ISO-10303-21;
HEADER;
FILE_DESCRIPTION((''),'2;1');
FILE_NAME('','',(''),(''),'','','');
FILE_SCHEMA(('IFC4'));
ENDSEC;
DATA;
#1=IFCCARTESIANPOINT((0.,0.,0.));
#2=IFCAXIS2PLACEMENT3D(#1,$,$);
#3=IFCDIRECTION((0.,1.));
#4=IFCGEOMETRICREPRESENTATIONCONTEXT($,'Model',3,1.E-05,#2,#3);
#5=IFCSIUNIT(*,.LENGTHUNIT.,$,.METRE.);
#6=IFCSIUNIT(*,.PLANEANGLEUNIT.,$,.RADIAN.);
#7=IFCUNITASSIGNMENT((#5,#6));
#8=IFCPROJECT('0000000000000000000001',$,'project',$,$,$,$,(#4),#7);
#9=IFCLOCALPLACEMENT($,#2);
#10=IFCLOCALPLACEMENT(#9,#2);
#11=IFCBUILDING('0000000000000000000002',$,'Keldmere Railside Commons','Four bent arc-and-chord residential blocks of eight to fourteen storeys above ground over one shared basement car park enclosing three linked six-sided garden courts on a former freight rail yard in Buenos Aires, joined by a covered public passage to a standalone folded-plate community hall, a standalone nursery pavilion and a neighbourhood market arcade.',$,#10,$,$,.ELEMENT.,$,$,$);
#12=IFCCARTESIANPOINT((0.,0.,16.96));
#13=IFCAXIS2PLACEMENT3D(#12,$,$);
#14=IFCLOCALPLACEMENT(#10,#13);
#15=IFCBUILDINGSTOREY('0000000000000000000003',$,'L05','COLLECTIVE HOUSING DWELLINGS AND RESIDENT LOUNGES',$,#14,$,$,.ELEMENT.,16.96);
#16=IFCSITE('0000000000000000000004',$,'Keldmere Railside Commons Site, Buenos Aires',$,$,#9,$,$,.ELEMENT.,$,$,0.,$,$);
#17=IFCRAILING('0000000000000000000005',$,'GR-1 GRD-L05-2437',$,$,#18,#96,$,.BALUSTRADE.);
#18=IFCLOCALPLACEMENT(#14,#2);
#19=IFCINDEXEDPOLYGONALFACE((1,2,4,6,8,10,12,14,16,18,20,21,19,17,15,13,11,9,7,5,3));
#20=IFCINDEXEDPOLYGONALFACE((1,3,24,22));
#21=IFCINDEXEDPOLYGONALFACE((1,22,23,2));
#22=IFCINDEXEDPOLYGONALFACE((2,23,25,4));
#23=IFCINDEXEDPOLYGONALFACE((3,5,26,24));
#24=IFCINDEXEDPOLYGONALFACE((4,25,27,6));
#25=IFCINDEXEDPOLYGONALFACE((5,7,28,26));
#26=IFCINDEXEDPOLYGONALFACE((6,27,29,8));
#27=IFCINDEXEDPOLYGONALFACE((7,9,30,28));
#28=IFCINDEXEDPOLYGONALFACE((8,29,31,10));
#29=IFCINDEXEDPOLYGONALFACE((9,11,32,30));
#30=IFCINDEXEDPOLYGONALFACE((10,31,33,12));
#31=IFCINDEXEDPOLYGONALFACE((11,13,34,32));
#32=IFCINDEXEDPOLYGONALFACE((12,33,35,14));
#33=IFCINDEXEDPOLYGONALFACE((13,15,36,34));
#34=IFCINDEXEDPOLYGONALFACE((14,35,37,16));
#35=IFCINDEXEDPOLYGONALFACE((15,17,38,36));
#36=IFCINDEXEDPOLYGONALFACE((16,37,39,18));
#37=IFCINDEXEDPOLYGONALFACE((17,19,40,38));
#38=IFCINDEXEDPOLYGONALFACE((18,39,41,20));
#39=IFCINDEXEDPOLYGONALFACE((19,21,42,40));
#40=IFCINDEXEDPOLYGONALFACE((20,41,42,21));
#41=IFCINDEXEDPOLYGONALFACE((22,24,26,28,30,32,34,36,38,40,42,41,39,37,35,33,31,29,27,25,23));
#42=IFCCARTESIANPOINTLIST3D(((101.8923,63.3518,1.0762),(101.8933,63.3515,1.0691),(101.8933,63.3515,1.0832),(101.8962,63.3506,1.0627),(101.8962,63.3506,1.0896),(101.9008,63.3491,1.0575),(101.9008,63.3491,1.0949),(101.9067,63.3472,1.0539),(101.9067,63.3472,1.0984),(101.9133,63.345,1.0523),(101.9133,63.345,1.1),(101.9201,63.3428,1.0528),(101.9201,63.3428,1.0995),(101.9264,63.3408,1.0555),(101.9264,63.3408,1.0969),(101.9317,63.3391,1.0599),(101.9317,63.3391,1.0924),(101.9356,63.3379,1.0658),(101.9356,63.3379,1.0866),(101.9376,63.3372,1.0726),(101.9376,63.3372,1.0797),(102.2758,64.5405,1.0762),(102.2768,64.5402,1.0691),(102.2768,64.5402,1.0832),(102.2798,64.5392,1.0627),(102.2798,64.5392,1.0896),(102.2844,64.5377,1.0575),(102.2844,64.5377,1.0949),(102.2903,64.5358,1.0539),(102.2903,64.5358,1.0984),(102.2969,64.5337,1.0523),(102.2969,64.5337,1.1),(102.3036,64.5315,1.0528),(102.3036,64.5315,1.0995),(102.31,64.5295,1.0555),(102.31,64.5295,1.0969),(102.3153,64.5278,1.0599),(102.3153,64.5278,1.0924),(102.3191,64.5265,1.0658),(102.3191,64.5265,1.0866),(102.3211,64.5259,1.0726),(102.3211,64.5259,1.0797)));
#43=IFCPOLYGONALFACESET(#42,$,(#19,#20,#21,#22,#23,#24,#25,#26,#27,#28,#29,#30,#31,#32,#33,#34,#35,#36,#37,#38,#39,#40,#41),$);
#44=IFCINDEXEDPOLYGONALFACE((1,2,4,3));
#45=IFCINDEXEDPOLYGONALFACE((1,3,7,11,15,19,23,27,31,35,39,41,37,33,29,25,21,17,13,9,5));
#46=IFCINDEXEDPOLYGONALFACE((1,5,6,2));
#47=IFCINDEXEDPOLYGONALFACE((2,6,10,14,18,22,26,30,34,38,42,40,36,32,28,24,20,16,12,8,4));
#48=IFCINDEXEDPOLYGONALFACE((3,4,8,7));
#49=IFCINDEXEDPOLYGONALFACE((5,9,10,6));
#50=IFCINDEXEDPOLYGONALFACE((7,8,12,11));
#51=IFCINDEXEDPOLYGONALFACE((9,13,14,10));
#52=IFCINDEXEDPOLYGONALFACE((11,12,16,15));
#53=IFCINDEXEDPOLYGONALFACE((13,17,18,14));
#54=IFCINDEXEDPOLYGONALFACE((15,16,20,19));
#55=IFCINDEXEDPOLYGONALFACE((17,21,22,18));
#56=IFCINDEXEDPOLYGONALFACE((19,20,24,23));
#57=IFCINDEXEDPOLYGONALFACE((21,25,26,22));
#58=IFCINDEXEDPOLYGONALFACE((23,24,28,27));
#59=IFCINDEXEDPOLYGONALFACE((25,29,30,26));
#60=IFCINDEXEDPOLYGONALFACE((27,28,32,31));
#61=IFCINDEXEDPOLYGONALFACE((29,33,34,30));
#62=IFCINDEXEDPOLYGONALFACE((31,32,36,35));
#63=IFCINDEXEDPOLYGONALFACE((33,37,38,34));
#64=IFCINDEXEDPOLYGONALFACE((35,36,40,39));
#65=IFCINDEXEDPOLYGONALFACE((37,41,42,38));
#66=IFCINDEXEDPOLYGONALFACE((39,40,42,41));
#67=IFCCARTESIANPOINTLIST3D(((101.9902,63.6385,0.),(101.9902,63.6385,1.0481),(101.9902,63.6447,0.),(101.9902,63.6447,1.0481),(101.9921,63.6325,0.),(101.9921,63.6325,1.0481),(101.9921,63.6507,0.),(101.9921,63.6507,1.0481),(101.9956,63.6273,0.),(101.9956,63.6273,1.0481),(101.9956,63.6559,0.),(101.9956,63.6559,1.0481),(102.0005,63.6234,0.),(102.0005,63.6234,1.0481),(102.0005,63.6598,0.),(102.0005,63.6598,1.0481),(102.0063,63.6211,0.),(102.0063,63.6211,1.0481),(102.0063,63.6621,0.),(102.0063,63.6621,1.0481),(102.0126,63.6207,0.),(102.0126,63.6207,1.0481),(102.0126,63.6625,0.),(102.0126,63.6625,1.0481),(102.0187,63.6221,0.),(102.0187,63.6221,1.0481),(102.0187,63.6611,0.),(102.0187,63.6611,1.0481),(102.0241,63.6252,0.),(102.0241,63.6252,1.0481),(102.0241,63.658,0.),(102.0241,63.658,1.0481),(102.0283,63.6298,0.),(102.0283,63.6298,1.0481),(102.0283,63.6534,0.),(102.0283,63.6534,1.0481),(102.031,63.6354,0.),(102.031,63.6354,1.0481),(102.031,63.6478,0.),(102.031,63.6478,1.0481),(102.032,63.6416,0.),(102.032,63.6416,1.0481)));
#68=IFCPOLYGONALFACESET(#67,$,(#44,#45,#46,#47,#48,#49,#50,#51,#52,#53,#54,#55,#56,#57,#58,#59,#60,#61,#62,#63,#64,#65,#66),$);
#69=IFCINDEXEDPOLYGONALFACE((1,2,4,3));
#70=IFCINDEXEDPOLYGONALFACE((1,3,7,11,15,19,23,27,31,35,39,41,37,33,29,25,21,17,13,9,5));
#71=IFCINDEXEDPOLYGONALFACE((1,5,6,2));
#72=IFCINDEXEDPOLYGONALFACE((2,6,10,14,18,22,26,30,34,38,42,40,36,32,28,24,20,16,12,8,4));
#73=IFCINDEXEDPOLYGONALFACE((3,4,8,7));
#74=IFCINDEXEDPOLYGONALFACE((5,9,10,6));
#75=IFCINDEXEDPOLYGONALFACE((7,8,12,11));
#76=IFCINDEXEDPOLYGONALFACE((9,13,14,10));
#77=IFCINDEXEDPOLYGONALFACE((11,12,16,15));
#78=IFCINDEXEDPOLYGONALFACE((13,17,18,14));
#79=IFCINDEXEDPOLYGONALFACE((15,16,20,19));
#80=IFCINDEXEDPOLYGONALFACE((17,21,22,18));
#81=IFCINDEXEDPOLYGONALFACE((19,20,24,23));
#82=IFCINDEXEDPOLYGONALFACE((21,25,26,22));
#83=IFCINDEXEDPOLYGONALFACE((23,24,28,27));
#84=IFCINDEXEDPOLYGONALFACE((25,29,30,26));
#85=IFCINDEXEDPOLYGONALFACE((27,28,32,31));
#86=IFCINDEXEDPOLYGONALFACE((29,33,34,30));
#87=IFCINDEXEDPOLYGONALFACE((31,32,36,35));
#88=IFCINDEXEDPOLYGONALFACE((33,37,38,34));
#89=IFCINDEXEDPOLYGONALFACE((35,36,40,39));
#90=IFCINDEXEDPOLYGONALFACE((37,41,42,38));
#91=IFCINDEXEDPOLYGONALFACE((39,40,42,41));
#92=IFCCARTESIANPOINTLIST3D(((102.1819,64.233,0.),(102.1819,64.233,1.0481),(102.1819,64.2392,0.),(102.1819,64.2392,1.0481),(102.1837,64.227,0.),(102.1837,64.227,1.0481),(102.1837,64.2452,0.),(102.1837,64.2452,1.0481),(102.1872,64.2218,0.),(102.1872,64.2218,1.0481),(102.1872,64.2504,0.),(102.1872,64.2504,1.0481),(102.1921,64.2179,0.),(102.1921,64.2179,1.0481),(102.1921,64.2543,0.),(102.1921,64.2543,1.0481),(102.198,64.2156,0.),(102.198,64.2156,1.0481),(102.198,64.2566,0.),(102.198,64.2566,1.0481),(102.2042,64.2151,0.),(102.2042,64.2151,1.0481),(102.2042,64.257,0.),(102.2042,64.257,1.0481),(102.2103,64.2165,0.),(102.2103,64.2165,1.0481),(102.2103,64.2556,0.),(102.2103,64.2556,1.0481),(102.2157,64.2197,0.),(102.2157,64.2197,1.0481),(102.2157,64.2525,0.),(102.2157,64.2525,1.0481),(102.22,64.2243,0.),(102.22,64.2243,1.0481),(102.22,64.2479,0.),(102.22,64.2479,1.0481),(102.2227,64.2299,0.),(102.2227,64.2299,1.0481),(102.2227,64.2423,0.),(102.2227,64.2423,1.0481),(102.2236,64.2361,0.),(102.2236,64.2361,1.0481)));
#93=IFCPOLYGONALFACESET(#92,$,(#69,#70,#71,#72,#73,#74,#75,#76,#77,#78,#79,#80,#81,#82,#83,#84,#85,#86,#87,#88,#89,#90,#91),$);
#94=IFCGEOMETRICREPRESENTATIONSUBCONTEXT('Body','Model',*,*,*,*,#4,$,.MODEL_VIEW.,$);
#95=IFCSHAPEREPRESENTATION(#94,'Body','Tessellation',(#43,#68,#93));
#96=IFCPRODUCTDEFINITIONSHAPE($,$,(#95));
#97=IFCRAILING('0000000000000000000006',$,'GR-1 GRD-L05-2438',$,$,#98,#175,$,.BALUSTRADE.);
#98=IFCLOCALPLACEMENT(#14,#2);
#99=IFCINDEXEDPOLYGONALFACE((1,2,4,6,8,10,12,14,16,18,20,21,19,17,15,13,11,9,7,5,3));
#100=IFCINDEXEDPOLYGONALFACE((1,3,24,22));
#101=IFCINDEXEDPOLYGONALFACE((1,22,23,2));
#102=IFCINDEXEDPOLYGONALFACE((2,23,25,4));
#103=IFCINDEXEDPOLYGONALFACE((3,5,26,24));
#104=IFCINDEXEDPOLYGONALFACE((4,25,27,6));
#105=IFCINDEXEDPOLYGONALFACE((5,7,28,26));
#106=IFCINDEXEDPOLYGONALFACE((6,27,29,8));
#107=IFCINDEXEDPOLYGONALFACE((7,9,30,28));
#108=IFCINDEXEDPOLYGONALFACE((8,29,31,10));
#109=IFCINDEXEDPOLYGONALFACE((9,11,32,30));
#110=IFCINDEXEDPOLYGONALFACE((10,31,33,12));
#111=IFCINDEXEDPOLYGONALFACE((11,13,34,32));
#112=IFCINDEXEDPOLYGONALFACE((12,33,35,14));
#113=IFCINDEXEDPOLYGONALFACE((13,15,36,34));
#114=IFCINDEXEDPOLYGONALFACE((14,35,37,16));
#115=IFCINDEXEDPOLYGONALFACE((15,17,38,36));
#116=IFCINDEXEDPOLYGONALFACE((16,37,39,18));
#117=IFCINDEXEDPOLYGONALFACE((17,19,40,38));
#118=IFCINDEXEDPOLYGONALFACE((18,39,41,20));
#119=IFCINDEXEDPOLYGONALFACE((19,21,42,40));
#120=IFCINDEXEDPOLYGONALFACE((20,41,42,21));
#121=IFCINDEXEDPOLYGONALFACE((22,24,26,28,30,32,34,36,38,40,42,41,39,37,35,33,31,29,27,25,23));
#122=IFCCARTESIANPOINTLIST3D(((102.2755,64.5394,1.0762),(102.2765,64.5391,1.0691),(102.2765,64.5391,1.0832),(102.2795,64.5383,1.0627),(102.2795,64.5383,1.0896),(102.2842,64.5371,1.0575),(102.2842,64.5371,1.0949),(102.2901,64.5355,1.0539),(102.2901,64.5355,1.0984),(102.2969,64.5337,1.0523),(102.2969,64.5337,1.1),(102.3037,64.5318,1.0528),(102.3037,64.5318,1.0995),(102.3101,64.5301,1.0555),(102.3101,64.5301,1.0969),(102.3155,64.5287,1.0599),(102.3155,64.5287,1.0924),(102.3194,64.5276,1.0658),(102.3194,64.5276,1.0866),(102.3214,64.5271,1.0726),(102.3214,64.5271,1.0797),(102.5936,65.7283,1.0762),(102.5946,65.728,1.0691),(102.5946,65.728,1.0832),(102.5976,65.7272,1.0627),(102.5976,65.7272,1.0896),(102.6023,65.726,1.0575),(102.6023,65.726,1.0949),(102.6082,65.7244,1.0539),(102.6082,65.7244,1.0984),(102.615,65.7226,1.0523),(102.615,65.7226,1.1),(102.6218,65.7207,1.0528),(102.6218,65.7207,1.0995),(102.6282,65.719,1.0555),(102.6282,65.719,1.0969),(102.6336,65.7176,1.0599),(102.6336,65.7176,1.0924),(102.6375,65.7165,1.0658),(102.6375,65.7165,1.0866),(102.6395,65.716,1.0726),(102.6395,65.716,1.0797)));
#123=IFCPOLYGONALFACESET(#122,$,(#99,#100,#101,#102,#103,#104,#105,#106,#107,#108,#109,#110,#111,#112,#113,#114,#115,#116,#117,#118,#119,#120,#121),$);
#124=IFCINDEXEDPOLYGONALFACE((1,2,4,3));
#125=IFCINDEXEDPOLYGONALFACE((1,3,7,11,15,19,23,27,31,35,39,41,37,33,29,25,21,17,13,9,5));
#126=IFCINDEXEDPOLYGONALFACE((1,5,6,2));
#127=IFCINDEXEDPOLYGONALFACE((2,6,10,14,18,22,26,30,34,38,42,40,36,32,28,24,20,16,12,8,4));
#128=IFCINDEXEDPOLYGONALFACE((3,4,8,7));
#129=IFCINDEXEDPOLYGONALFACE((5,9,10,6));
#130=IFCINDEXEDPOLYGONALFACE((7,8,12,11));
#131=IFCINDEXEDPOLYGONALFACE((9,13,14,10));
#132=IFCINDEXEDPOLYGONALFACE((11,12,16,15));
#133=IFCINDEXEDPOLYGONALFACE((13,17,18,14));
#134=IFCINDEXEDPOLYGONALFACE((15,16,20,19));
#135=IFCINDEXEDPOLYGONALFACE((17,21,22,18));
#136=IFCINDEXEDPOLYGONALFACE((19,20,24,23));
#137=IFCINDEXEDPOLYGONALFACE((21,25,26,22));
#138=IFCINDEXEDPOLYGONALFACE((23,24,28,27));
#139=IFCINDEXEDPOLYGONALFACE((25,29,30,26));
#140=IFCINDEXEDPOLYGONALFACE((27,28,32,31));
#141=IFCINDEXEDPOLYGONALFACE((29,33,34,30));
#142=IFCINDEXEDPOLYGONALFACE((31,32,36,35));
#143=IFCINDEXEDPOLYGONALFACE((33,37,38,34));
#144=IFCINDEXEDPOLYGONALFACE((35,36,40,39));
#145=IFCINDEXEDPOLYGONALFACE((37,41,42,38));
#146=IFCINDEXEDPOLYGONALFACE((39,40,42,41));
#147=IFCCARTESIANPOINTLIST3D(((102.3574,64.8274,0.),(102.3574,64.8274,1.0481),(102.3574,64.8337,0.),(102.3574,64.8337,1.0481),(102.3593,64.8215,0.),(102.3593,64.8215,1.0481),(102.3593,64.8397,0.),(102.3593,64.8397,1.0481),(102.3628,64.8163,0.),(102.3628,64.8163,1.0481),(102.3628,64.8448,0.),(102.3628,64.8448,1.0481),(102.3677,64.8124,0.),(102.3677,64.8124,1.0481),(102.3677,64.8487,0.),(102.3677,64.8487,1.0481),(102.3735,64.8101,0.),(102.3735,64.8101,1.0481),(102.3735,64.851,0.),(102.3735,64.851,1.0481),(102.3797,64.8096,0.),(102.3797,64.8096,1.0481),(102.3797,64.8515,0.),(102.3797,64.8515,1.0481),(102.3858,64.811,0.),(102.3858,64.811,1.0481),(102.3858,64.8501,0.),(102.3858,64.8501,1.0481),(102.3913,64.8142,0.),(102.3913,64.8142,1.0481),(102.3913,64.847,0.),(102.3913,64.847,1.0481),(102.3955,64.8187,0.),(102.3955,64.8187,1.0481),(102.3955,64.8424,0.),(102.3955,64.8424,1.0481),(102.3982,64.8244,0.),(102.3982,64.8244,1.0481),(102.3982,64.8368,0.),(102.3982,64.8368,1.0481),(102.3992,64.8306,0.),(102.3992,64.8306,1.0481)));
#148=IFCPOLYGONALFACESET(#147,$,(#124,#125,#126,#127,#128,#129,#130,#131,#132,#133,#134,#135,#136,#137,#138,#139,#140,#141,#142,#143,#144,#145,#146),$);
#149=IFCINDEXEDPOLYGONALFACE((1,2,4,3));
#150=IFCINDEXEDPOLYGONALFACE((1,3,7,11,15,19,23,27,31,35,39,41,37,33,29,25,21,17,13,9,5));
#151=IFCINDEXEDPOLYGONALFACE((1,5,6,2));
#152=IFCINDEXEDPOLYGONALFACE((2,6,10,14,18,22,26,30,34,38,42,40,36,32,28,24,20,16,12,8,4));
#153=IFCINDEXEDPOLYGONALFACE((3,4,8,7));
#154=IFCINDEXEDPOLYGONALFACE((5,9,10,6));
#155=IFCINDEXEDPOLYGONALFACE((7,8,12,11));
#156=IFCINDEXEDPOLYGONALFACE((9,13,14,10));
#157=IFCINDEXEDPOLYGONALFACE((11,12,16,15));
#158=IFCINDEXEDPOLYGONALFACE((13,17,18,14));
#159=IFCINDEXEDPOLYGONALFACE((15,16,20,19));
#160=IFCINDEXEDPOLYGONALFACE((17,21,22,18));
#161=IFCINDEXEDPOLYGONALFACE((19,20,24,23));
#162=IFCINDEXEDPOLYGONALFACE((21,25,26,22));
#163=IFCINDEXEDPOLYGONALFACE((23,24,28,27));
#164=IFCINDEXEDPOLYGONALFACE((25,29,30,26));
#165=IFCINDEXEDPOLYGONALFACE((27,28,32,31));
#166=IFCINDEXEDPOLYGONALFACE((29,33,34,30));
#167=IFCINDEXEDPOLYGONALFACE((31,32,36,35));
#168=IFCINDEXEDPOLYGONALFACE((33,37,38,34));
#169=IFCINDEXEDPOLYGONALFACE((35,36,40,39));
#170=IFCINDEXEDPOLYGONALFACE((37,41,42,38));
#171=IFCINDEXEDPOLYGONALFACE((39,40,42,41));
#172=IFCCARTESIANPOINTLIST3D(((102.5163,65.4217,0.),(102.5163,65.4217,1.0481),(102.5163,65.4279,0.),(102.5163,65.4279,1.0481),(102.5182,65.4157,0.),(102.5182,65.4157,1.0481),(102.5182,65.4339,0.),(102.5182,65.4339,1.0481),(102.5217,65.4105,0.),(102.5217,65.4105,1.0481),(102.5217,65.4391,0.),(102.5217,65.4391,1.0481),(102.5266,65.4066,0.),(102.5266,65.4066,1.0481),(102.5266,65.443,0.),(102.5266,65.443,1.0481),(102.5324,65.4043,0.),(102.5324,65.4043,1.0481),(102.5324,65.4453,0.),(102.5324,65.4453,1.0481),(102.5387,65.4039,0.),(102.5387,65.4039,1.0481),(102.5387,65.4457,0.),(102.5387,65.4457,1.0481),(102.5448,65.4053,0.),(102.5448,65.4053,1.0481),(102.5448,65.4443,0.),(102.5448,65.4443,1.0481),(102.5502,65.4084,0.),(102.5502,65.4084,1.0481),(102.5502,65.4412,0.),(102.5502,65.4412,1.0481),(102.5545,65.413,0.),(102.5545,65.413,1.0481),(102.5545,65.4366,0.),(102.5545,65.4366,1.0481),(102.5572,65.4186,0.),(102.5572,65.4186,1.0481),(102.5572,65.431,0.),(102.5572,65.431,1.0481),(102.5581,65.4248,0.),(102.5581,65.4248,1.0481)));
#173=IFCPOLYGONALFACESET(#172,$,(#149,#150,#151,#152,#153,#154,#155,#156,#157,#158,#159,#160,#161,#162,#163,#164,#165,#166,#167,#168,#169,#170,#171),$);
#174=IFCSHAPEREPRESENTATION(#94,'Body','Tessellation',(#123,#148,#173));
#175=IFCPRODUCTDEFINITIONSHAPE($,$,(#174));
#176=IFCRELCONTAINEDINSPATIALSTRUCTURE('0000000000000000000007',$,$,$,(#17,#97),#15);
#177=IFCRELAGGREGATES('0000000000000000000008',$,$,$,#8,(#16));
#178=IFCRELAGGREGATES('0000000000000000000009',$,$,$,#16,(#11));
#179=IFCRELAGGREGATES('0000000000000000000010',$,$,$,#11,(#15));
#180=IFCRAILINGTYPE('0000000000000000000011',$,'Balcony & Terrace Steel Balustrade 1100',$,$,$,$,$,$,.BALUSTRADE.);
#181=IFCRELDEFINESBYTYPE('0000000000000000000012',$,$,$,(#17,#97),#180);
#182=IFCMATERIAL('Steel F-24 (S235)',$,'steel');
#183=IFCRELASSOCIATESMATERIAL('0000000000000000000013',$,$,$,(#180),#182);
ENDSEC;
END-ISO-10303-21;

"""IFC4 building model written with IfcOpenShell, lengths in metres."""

from ifc_helpers import new_model, si_unit, direction, frame, origin, origin_2d, place, context, subcontext, project, spatial, circle, extrude, material, type_object, element, save


model = new_model("IFC4")

# Units and contexts
model_context = context("Model", 3, precision=1e-05, world=origin(), true_north=direction((0.0, 1.0)))
body_context = subcontext(model_context, "Body", "Model", "MODEL_VIEW")
ifc_project = project(units=[si_unit("LENGTHUNIT", "METRE"), si_unit("PLANEANGLEUNIT", "RADIAN")], contexts=[model_context])

# Site, building, storey
site_placement = place(None, origin())
site = spatial("IfcSite", under=ifc_project, at=site_placement, Name="Keldmere Railside Commons Site, Buenos Aires", CompositionType="ELEMENT", RefElevation=0.0)
building_placement = place(site_placement, origin())
building = spatial("IfcBuilding", under=site, at=building_placement, Name="Keldmere Railside Commons", Description="Four bent arc-and-chord residential blocks of eight to fourteen storeys above ground over one shared basement car park enclosing three linked six-sided garden courts on a former freight rail yard in Buenos Aires, joined by a covered public passage to a standalone folded-plate community hall, a standalone nursery pavilion and a neighbourhood market arcade.", CompositionType="ELEMENT")
storey_placement = place(building_placement, frame((0.0, 0.0, 16.96)))
storey = spatial("IfcBuildingStorey", under=building, at=storey_placement, Name="L05", Description="COLLECTIVE HOUSING DWELLINGS AND RESIDENT LOUNGES", CompositionType="ELEMENT", Elevation=16.96)

# Railings
ifc_material_1 = material(Name="Steel F-24 (S235)", Category="steel")
railing_type = type_object("IfcRailingType", Name="Balcony & Terrace Steel Balustrade 1100", PredefinedType="BALUSTRADE", material=ifc_material_1)
railing_1_placement = place(storey_placement, frame((101.915, 63.3445, 0.0)))
element("IfcRailing", 1, at=railing_1_placement, inside=storey, type_object=railing_type, Name="GR-1 GRD-L05-2437", PredefinedType="BALUSTRADE", context=body_context, shape_type="SweptSolid", body=[
    extrude(circle(Radius=0.0239, at=origin_2d()), frame((0.0, 0.0, 1.0762), z_axis=(0.307066, 0.951688, 0.0), x_axis=(-0.951688, 0.307066, 0.0)), (0.0, 0.0, 1.0), 1.249),
    extrude(circle(Radius=0.021, at=origin_2d()), frame((0.0959, 0.2971, 0.0)), (0.0, 0.0, 1.0), 1.0481),
    extrude(circle(Radius=0.021, at=origin_2d()), frame((0.2876, 0.8916, 0.0)), (0.0, 0.0, 1.0), 1.0481),
])
railing_2_placement = place(storey_placement, frame((102.2986, 64.5332, 0.0)))
element("IfcRailing", 2, at=railing_2_placement, inside=storey, type_object=railing_type, Name="GR-1 GRD-L05-2438", PredefinedType="BALUSTRADE", context=body_context, shape_type="SweptSolid", body=[
    extrude(circle(Radius=0.0239, at=origin_2d()), frame((0.0, 0.0, 1.0762), z_axis=(0.258465, 0.966021, 0.0), x_axis=(-0.966021, 0.258465, 0.0)), (0.0, 0.0, 1.0), 1.2307),
    extrude(circle(Radius=0.021, at=origin_2d()), frame((0.0796, 0.2974, 0.0)), (0.0, 0.0, 1.0), 1.0481),
    extrude(circle(Radius=0.021, at=origin_2d()), frame((0.2385, 0.8916, 0.0)), (0.0, 0.0, 1.0), 1.0481),
])

save(model, "model.ifc")
